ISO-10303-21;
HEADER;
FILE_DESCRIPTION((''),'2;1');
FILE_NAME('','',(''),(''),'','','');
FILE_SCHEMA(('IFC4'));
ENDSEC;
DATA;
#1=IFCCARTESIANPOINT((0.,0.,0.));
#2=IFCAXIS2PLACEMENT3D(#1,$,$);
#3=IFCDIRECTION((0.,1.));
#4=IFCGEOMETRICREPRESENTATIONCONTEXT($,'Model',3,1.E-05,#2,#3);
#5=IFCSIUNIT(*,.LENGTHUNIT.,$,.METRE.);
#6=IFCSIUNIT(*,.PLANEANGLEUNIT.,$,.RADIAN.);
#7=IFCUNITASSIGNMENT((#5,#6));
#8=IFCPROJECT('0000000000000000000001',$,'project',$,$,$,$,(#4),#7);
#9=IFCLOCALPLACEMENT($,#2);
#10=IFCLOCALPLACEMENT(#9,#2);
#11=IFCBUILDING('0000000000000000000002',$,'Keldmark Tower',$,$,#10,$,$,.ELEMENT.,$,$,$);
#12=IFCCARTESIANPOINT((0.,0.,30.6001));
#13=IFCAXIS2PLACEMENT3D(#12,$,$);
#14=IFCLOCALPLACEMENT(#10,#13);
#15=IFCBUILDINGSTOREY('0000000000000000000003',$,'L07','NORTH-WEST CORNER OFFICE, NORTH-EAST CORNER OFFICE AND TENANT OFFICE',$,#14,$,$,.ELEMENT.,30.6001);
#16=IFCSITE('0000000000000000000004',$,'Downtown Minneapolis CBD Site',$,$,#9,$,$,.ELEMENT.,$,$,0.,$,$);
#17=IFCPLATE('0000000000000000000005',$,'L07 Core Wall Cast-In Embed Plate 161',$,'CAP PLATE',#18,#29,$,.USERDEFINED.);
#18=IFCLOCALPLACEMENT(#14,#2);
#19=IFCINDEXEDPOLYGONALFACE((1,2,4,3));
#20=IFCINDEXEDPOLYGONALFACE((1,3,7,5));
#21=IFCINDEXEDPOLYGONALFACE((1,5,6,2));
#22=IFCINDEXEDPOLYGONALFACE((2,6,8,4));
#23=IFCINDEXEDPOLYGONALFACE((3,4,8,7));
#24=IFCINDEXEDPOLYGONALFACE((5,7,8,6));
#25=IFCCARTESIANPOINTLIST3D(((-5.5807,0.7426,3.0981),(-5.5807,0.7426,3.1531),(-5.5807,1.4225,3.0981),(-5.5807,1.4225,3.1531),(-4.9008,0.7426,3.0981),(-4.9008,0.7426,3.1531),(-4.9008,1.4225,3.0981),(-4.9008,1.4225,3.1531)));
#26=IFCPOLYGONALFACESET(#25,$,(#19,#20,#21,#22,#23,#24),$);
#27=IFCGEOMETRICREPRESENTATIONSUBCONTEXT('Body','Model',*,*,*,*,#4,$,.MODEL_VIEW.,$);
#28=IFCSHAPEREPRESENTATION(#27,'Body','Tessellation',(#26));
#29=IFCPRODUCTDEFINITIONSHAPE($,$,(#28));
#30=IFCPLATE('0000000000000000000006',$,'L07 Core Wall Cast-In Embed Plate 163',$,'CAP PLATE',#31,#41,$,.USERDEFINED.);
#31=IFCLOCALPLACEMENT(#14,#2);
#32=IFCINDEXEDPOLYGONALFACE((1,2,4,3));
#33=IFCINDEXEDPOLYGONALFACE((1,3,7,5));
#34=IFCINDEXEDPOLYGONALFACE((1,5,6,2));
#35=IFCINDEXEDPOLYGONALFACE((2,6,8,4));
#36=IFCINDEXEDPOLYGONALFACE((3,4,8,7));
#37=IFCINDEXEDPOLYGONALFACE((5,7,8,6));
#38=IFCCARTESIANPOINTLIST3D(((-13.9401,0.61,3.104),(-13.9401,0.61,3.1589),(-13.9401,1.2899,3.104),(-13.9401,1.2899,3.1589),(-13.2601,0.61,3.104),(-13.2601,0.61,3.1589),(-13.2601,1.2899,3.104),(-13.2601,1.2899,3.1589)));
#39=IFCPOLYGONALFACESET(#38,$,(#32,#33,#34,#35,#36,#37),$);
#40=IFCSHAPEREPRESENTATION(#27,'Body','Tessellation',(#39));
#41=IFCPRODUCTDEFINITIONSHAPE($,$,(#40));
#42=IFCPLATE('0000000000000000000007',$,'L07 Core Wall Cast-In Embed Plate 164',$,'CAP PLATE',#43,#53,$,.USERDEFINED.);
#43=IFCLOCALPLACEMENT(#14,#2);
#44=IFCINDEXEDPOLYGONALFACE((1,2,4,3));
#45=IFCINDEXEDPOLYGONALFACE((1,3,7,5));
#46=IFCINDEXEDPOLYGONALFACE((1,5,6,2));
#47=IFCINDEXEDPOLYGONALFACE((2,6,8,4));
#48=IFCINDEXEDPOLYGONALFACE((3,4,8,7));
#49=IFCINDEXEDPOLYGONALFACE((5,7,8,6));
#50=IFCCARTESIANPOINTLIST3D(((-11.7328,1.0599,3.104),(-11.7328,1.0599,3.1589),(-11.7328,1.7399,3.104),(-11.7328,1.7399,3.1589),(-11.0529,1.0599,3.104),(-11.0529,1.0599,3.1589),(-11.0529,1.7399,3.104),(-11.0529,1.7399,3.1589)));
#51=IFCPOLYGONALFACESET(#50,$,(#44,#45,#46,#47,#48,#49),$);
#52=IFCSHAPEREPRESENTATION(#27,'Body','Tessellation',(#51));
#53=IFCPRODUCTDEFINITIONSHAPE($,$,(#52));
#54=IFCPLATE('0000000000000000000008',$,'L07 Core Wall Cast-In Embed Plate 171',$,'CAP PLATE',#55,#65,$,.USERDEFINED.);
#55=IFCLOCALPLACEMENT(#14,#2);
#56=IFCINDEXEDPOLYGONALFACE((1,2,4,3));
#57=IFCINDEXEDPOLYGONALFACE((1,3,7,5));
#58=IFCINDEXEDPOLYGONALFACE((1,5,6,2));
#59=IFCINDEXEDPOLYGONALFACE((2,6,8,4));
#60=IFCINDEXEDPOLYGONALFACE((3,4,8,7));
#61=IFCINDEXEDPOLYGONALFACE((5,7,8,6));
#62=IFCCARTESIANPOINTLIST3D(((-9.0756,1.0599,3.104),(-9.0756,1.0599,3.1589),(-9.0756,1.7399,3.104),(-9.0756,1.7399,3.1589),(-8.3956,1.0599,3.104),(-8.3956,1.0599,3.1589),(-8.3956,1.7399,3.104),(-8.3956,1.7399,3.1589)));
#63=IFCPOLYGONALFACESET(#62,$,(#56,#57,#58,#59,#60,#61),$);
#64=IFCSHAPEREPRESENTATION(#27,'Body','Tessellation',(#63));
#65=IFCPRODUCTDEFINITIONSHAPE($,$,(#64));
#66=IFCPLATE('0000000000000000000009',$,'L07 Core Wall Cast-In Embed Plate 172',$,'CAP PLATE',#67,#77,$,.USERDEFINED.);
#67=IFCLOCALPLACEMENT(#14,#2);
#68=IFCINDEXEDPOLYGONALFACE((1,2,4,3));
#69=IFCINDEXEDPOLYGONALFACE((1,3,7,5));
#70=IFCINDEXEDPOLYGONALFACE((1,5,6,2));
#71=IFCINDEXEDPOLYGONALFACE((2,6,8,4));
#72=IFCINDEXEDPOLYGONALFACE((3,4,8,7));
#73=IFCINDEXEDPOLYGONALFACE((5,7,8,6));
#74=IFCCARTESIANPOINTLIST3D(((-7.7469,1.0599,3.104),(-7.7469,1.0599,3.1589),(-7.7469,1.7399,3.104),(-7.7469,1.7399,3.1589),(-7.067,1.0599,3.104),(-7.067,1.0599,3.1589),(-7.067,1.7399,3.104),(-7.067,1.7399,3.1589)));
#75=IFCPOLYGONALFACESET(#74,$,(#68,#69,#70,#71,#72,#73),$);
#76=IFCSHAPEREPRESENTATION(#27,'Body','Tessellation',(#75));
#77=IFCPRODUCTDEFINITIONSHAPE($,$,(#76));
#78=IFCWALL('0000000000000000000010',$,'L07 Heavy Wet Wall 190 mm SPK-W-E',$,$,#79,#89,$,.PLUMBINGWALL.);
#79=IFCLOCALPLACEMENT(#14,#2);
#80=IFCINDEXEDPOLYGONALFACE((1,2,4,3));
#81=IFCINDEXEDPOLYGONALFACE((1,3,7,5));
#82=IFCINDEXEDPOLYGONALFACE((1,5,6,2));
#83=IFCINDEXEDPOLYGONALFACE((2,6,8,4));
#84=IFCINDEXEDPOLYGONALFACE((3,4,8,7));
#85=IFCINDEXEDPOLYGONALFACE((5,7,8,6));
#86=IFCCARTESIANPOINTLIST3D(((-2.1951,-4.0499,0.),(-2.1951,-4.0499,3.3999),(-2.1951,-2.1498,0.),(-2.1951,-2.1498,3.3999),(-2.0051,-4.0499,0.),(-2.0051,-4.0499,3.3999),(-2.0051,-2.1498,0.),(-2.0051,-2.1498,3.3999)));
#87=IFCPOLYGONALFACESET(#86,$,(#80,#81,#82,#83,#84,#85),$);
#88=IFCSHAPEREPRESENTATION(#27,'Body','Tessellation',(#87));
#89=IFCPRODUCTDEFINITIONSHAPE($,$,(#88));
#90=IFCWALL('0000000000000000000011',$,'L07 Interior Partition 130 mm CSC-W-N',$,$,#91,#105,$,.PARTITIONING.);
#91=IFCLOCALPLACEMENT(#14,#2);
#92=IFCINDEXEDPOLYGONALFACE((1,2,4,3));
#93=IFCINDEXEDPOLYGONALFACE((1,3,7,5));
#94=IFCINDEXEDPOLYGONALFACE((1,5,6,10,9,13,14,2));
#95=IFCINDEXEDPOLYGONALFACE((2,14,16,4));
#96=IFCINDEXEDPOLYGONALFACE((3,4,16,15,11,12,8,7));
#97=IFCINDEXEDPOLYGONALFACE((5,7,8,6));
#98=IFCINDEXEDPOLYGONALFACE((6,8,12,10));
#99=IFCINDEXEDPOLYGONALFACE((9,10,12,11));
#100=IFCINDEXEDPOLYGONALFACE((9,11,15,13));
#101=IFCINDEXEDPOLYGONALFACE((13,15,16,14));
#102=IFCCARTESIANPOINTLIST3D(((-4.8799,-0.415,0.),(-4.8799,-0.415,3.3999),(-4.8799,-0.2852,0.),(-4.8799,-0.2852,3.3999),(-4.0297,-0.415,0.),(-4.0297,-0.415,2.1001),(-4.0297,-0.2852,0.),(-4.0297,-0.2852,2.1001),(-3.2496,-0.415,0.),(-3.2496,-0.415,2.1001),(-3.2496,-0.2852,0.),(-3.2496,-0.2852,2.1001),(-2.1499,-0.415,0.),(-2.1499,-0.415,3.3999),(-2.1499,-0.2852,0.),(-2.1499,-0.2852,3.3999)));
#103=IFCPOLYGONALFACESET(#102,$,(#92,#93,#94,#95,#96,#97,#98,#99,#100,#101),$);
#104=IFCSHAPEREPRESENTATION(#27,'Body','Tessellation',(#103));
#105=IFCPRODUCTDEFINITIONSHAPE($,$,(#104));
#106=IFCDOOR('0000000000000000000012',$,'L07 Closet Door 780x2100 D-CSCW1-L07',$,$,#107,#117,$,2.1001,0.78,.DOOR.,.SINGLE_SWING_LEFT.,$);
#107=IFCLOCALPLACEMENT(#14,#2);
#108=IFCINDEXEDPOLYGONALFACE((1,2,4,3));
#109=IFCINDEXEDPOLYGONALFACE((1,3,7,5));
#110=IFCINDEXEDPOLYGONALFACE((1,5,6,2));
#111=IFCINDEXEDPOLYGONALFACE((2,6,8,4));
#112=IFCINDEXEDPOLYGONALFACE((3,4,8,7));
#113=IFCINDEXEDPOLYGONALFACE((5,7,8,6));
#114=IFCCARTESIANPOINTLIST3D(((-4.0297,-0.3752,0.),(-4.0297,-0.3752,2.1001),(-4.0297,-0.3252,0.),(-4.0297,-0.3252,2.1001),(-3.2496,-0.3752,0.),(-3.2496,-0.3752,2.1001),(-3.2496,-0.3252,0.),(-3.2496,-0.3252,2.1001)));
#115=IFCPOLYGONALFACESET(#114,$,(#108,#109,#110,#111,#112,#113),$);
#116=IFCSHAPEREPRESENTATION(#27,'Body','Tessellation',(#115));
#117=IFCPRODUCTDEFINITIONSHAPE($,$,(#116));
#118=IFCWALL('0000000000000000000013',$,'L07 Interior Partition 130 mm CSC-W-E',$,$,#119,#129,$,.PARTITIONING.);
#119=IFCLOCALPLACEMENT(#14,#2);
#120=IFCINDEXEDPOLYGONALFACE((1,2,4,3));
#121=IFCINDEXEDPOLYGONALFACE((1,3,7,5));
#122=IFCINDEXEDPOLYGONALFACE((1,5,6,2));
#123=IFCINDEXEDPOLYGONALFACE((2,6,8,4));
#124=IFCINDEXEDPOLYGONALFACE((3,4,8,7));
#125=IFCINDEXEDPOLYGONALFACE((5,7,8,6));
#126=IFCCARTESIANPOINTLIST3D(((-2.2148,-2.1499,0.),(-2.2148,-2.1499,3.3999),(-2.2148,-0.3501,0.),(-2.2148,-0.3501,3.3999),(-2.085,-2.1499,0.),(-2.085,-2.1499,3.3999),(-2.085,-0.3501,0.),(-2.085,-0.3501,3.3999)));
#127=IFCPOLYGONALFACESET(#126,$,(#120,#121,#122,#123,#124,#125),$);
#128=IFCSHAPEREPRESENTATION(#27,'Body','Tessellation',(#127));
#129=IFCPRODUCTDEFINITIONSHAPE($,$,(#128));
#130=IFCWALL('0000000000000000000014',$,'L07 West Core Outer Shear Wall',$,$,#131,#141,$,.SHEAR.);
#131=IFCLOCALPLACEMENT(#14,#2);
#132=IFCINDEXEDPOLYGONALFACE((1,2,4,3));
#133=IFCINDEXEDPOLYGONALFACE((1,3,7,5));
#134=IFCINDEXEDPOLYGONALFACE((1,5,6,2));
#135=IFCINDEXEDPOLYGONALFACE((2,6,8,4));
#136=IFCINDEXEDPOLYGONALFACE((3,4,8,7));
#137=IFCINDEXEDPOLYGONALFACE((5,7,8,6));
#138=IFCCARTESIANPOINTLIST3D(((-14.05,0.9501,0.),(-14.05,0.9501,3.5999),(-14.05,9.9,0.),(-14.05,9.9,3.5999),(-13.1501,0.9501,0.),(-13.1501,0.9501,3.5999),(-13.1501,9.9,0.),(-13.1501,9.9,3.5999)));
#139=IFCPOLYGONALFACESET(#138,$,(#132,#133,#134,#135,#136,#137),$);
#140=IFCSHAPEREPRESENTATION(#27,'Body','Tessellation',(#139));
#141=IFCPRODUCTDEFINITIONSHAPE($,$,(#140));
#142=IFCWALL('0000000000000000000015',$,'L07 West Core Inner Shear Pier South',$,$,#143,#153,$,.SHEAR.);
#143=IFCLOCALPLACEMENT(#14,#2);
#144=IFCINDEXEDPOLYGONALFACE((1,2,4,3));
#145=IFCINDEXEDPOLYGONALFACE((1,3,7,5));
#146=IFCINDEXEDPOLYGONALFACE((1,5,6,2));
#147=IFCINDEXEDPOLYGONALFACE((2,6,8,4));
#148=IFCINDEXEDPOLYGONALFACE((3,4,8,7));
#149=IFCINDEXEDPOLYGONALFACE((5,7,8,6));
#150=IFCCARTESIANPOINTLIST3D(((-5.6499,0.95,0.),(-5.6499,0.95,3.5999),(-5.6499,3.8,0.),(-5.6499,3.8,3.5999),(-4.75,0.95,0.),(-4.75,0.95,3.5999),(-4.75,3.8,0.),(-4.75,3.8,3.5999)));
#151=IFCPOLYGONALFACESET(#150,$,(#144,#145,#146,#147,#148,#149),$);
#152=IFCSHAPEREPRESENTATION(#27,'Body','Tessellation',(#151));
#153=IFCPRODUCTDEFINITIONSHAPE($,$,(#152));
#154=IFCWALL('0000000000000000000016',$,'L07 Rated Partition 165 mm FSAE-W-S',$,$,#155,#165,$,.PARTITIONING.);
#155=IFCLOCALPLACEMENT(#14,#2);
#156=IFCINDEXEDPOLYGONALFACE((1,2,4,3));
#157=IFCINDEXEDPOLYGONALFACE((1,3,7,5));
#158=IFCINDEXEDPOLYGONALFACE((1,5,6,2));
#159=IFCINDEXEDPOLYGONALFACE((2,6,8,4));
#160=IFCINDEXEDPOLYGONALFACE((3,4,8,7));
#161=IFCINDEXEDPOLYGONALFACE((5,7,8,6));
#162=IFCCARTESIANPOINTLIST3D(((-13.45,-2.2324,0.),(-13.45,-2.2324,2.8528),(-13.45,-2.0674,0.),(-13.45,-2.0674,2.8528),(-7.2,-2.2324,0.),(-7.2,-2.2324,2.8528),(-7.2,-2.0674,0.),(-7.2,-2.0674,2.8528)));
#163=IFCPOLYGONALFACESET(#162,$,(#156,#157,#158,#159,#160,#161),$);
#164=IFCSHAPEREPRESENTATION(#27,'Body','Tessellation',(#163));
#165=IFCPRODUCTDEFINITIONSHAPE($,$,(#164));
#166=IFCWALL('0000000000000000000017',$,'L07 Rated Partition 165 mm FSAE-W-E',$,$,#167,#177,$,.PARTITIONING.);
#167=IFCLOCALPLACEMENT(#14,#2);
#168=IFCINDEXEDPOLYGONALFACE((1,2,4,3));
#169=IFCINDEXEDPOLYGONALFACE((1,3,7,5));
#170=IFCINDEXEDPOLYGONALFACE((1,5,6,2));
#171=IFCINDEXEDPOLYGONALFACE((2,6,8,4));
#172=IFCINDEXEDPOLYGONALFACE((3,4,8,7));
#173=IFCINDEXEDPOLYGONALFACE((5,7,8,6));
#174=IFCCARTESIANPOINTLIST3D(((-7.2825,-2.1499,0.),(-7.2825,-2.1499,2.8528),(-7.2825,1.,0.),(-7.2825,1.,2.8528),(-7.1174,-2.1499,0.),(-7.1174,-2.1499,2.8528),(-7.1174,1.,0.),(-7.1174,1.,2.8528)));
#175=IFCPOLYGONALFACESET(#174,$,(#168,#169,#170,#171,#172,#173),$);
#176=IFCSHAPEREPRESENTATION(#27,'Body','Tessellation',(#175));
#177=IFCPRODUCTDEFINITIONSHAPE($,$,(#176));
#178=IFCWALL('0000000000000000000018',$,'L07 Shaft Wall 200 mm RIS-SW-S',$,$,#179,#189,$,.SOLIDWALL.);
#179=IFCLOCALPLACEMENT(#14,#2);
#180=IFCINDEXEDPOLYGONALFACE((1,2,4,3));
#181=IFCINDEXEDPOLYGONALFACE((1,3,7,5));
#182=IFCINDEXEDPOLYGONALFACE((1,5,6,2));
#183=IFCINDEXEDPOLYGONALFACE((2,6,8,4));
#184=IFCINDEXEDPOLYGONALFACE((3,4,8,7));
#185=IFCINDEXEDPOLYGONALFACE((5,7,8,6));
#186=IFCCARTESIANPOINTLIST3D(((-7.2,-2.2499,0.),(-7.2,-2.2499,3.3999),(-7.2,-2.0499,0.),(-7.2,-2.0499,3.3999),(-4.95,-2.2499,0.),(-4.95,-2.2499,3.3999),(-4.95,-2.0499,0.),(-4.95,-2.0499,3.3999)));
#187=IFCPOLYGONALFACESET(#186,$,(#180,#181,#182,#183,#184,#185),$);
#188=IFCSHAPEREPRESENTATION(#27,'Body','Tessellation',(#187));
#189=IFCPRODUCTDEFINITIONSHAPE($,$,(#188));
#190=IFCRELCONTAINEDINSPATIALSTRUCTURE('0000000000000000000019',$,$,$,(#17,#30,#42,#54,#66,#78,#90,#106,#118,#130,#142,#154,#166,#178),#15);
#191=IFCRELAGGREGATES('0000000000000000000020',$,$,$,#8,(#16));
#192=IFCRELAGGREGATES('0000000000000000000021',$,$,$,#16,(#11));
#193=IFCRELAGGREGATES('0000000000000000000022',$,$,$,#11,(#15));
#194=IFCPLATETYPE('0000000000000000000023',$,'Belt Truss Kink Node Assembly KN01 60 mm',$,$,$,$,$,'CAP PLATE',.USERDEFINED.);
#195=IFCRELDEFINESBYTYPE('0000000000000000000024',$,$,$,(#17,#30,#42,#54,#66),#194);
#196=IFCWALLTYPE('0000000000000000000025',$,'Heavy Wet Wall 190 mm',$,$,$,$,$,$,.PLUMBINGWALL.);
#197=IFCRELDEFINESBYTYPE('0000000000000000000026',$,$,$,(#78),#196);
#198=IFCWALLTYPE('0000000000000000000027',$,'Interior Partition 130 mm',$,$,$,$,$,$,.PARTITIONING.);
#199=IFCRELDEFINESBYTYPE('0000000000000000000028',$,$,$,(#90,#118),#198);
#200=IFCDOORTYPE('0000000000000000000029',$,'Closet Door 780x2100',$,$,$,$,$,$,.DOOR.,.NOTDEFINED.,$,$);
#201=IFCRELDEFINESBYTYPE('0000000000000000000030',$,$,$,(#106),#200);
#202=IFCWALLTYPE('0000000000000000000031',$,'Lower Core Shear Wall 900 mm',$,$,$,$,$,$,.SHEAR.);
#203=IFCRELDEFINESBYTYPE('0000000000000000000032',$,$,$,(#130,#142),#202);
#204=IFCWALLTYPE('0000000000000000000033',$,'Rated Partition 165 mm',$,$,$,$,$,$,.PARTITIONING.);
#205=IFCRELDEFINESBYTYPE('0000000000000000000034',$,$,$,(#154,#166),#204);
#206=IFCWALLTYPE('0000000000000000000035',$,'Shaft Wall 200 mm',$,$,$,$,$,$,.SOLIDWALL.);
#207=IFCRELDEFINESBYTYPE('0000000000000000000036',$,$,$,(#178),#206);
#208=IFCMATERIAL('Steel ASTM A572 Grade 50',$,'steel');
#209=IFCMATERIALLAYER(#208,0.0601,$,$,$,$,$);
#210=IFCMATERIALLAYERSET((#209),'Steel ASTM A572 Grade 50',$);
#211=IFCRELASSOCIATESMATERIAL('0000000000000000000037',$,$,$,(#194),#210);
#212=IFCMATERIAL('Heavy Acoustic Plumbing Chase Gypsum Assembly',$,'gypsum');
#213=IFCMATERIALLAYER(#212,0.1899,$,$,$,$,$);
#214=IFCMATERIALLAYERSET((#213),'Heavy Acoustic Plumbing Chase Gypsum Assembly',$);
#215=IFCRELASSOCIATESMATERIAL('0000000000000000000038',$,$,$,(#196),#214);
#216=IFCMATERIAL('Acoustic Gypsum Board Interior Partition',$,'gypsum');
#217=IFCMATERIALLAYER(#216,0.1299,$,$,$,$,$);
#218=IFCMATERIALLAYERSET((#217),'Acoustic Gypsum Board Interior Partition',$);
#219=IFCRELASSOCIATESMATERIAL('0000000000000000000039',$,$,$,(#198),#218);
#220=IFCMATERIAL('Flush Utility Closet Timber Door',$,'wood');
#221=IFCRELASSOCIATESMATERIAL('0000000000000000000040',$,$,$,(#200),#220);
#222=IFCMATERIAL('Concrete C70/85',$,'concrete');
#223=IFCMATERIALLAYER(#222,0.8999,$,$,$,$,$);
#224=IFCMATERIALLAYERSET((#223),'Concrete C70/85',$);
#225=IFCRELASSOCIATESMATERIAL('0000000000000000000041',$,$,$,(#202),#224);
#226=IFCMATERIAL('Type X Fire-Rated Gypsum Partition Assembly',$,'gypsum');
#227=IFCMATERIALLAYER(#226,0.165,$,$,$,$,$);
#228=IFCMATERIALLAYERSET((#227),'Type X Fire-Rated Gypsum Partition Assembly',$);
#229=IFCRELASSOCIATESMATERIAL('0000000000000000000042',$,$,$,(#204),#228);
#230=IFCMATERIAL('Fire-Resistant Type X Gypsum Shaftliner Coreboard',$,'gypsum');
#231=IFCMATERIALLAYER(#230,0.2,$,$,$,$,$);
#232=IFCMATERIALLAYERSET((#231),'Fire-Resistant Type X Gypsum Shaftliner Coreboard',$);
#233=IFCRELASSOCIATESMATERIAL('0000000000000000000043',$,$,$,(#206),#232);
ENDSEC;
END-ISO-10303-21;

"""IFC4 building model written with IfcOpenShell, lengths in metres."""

from ifc_helpers import new_model, si_unit, direction, frame, frame_2d, origin, origin_2d, place, context, subcontext, project, spatial, rectangle, extrude, material, layer, layer_set, type_object, element, fill, save


model = new_model("IFC4")

# Units and contexts
model_context = context("Model", 3, precision=1e-05, world=origin(), true_north=direction((0.0, 1.0)))
body_context = subcontext(model_context, "Body", "Model", "MODEL_VIEW")
ifc_project = project(units=[si_unit("LENGTHUNIT", "METRE"), si_unit("PLANEANGLEUNIT", "RADIAN")], contexts=[model_context])

# Site, building, storey
site_placement = place(None, origin())
site = spatial("IfcSite", under=ifc_project, at=site_placement, Name="Downtown Minneapolis CBD Site", CompositionType="ELEMENT", RefElevation=0.0)
building_placement = place(site_placement, origin())
building = spatial("IfcBuilding", under=site, at=building_placement, Name="Keldmark Tower", CompositionType="ELEMENT")
storey_placement = place(building_placement, frame((0.0, 0.0, 30.6001)))
storey = spatial("IfcBuildingStorey", under=building, at=storey_placement, Name="L07", Description="NORTH-WEST CORNER OFFICE, NORTH-EAST CORNER OFFICE AND TENANT OFFICE", CompositionType="ELEMENT", Elevation=30.6001)

# Plates
ifc_material_1 = material(Name="Steel ASTM A572 Grade 50", Category="steel")
ifc_layer_1 = layer(ifc_material_1, 0.0601)
ifc_layer_set_1 = layer_set([ifc_layer_1], Name="Steel ASTM A572 Grade 50")
plate_type = type_object("IfcPlateType", Name="Belt Truss Kink Node Assembly KN01 60 mm", ElementType="CAP PLATE", PredefinedType="USERDEFINED", material=ifc_layer_set_1)
for number, where, z_axis, x_axis, name in (
    (1, (-5.2407, 1.0825, 3.0981), (0.0, 0.0, 1.0), (1.0, 0.0, 0.0), "L07 Core Wall Cast-In Embed Plate 161"),
    (2, (-13.6001, 0.95, 3.104), (0.0, 0.0, 1.0), (1.0, 0.0, 0.0), "L07 Core Wall Cast-In Embed Plate 163"),
    (3, (-11.3928, 1.3999, 3.104), (0.0, 0.0, 1.0), (1.0, 0.0, 0.0), "L07 Core Wall Cast-In Embed Plate 164"),
    (4, (-8.7356, 1.3999, 3.104), (0.0, 0.0, 1.0), (1.0, 0.0, 0.0), "L07 Core Wall Cast-In Embed Plate 171"),
    (5, (-7.407, 1.3999, 3.104), (0.0, 0.0, 1.0), (1.0, 0.0, 0.0), "L07 Core Wall Cast-In Embed Plate 172"),
):
    element("IfcPlate", number, at=place(storey_placement, frame(where, z_axis=z_axis, x_axis=x_axis)), inside=storey, type_object=plate_type, Name=name, ObjectType="CAP PLATE", PredefinedType="USERDEFINED", context=body_context, shape_type="SweptSolid", body=[
        extrude(rectangle(XDim=0.6799, YDim=0.6799, at=origin_2d()), origin(), (0.0, 0.0, 1.0), 0.0549),
    ])

# Wall
ifc_material_2 = material(Name="Heavy Acoustic Plumbing Chase Gypsum Assembly", Category="gypsum")
ifc_layer_2 = layer(ifc_material_2, 0.1899)
ifc_layer_set_2 = layer_set([ifc_layer_2], Name="Heavy Acoustic Plumbing Chase Gypsum Assembly")
wall_type_1 = type_object("IfcWallType", Name="Heavy Wet Wall 190 mm", PredefinedType="PLUMBINGWALL", material=ifc_layer_set_2)
wall_1_placement = place(storey_placement, frame((-2.1001, -4.05, 0.0), z_axis=(0.0, 0.0, 1.0), x_axis=(0.0, 1.0, 0.0)))
element("IfcWall", 6, at=wall_1_placement, inside=storey, type_object=wall_type_1, Name="L07 Heavy Wet Wall 190 mm SPK-W-E", PredefinedType="PLUMBINGWALL", context=body_context, shape_type="SweptSolid", body=[
    extrude(rectangle(XDim=1.9001, YDim=0.1899, at=frame_2d((0.9502, 0.0))), origin(), (0.0, 0.0, 1.0), 3.3999),
])

# Wall, opening, door
ifc_material_3 = material(Name="Acoustic Gypsum Board Interior Partition", Category="gypsum")
ifc_layer_3 = layer(ifc_material_3, 0.1299)
ifc_layer_set_3 = layer_set([ifc_layer_3], Name="Acoustic Gypsum Board Interior Partition")
wall_type_2 = type_object("IfcWallType", Name="Interior Partition 130 mm", PredefinedType="PARTITIONING", material=ifc_layer_set_3)
wall_2_placement = place(storey_placement, frame((-4.8799, -0.3501, 0.0), z_axis=(0.0, 0.0, 1.0), x_axis=(1.0, 0.0, 0.0)))
wall_2 = element("IfcWall", 7, at=wall_2_placement, inside=storey, type_object=wall_type_2, Name="L07 Interior Partition 130 mm CSC-W-N", PredefinedType="PARTITIONING", context=body_context, shape_type="SweptSolid", body=[
    extrude(rectangle(XDim=2.73, YDim=0.1299, at=frame_2d((1.365, 0.0))), origin(), (0.0, 0.0, 1.0), 3.3999),
])
opening_1_placement = place(wall_2_placement, frame((0.8501, 0.0, 0.0)))
opening_1 = element("IfcOpeningElement", 8, at=opening_1_placement, cuts=wall_2, PredefinedType="OPENING", context=body_context, shape_type="SweptSolid", body=[
    extrude(rectangle(XDim=0.78, YDim=2.1001, at=frame_2d((0.3901, 1.05))), frame((0.0, 0.075, 0.0), z_axis=(0.0, -1.0, 0.0), x_axis=(1.0, 0.0, 0.0)), (0.0, 0.0, 1.0), 0.1499),
])
ifc_material_4 = material(Name="Flush Utility Closet Timber Door", Category="wood")
door_type_1 = type_object("IfcDoorType", Name="Closet Door 780x2100", OperationType="NOTDEFINED", PredefinedType="DOOR", material=ifc_material_4)
door_1_placement = place(opening_1_placement, origin())
door_1 = element("IfcDoor", 9, at=door_1_placement, inside=storey, type_object=door_type_1, Name="L07 Closet Door 780x2100 D-CSCW1-L07", OperationType="SINGLE_SWING_LEFT", OverallHeight=2.1001, OverallWidth=0.78, PredefinedType="DOOR", context=body_context, shape_type="SweptSolid", body=[
    extrude(rectangle(XDim=0.78, YDim=2.1001, at=frame_2d((0.3901, 1.05))), frame((0.0, 0.0249, 0.0), z_axis=(0.0, -1.0, 0.0), x_axis=(1.0, 0.0, 0.0)), (0.0, 0.0, 1.0), 0.05),
])
fill(opening_1, door_1)

# Walls
wall_3_placement = place(storey_placement, frame((-2.1499, -2.1499, 0.0), z_axis=(0.0, 0.0, 1.0), x_axis=(0.0, 1.0, 0.0)))
element("IfcWall", 10, at=wall_3_placement, inside=storey, type_object=wall_type_2, Name="L07 Interior Partition 130 mm CSC-W-E", PredefinedType="PARTITIONING", context=body_context, shape_type="SweptSolid", body=[
    extrude(rectangle(XDim=1.7998, YDim=0.1299, at=frame_2d((0.8999, 0.0))), origin(), (0.0, 0.0, 1.0), 3.3999),
])
ifc_material_5 = material(Name="Concrete C70/85", Category="concrete")
ifc_layer_4 = layer(ifc_material_5, 0.8999)
ifc_layer_set_4 = layer_set([ifc_layer_4], Name="Concrete C70/85")
wall_type_3 = type_object("IfcWallType", Name="Lower Core Shear Wall 900 mm", PredefinedType="SHEAR", material=ifc_layer_set_4)
wall_4_placement = place(storey_placement, frame((-13.6001, 0.95, 0.0), z_axis=(0.0, 0.0, 1.0), x_axis=(0.0, 1.0, 0.0)))
element("IfcWall", 11, at=wall_4_placement, inside=storey, type_object=wall_type_3, Name="L07 West Core Outer Shear Wall", PredefinedType="SHEAR", context=body_context, shape_type="SweptSolid", body=[
    extrude(rectangle(XDim=8.95, YDim=0.8999, at=frame_2d((4.4751, 0.0))), origin(), (0.0, 0.0, 1.0), 3.5999),
])
wall_5_placement = place(storey_placement, frame((-5.2, 0.95, 0.0), z_axis=(0.0, 0.0, 1.0), x_axis=(0.0, 1.0, 0.0)))
element("IfcWall", 12, at=wall_5_placement, inside=storey, type_object=wall_type_3, Name="L07 West Core Inner Shear Pier South", PredefinedType="SHEAR", context=body_context, shape_type="SweptSolid", body=[
    extrude(rectangle(XDim=2.8501, YDim=0.8999, at=frame_2d((1.425, 0.0))), origin(), (0.0, 0.0, 1.0), 3.5999),
])
ifc_material_6 = material(Name="Type X Fire-Rated Gypsum Partition Assembly", Category="gypsum")
ifc_layer_5 = layer(ifc_material_6, 0.165)
ifc_layer_set_5 = layer_set([ifc_layer_5], Name="Type X Fire-Rated Gypsum Partition Assembly")
wall_type_4 = type_object("IfcWallType", Name="Rated Partition 165 mm", PredefinedType="PARTITIONING", material=ifc_layer_set_5)
wall_6_placement = place(storey_placement, frame((-13.45, -2.1499, 0.0), z_axis=(0.0, 0.0, 1.0), x_axis=(1.0, 0.0, 0.0)))
element("IfcWall", 13, at=wall_6_placement, inside=storey, type_object=wall_type_4, Name="L07 Rated Partition 165 mm FSAE-W-S", PredefinedType="PARTITIONING", context=body_context, shape_type="SweptSolid", body=[
    extrude(rectangle(XDim=6.25, YDim=0.165, at=frame_2d((3.125, 0.0))), origin(), (0.0, 0.0, 1.0), 2.8528),
])

# Walls
wall_7_placement = place(storey_placement, frame((-7.2, -2.1499, 0.0), z_axis=(0.0, 0.0, 1.0), x_axis=(0.0, 1.0, 0.0)))
element("IfcWall", 14, at=wall_7_placement, inside=storey, type_object=wall_type_4, Name="L07 Rated Partition 165 mm FSAE-W-E", PredefinedType="PARTITIONING", context=body_context, shape_type="SweptSolid", body=[
    extrude(rectangle(XDim=3.1499, YDim=0.165, at=frame_2d((1.575, 0.0))), origin(), (0.0, 0.0, 1.0), 2.8528),
])
ifc_material_7 = material(Name="Fire-Resistant Type X Gypsum Shaftliner Coreboard", Category="gypsum")
ifc_layer_6 = layer(ifc_material_7, 0.2)
ifc_layer_set_6 = layer_set([ifc_layer_6], Name="Fire-Resistant Type X Gypsum Shaftliner Coreboard")
wall_type_5 = type_object("IfcWallType", Name="Shaft Wall 200 mm", PredefinedType="SOLIDWALL", material=ifc_layer_set_6)
wall_8_placement = place(storey_placement, frame((-7.2, -2.1499, 0.0), z_axis=(0.0, 0.0, 1.0), x_axis=(1.0, 0.0, 0.0)))
element("IfcWall", 15, at=wall_8_placement, inside=storey, type_object=wall_type_5, Name="L07 Shaft Wall 200 mm RIS-SW-S", PredefinedType="SOLIDWALL", context=body_context, shape_type="SweptSolid", body=[
    extrude(rectangle(XDim=2.25, YDim=0.2, at=frame_2d((1.125, 0.0))), origin(), (0.0, 0.0, 1.0), 3.3999),
])

save(model, "model.ifc")
